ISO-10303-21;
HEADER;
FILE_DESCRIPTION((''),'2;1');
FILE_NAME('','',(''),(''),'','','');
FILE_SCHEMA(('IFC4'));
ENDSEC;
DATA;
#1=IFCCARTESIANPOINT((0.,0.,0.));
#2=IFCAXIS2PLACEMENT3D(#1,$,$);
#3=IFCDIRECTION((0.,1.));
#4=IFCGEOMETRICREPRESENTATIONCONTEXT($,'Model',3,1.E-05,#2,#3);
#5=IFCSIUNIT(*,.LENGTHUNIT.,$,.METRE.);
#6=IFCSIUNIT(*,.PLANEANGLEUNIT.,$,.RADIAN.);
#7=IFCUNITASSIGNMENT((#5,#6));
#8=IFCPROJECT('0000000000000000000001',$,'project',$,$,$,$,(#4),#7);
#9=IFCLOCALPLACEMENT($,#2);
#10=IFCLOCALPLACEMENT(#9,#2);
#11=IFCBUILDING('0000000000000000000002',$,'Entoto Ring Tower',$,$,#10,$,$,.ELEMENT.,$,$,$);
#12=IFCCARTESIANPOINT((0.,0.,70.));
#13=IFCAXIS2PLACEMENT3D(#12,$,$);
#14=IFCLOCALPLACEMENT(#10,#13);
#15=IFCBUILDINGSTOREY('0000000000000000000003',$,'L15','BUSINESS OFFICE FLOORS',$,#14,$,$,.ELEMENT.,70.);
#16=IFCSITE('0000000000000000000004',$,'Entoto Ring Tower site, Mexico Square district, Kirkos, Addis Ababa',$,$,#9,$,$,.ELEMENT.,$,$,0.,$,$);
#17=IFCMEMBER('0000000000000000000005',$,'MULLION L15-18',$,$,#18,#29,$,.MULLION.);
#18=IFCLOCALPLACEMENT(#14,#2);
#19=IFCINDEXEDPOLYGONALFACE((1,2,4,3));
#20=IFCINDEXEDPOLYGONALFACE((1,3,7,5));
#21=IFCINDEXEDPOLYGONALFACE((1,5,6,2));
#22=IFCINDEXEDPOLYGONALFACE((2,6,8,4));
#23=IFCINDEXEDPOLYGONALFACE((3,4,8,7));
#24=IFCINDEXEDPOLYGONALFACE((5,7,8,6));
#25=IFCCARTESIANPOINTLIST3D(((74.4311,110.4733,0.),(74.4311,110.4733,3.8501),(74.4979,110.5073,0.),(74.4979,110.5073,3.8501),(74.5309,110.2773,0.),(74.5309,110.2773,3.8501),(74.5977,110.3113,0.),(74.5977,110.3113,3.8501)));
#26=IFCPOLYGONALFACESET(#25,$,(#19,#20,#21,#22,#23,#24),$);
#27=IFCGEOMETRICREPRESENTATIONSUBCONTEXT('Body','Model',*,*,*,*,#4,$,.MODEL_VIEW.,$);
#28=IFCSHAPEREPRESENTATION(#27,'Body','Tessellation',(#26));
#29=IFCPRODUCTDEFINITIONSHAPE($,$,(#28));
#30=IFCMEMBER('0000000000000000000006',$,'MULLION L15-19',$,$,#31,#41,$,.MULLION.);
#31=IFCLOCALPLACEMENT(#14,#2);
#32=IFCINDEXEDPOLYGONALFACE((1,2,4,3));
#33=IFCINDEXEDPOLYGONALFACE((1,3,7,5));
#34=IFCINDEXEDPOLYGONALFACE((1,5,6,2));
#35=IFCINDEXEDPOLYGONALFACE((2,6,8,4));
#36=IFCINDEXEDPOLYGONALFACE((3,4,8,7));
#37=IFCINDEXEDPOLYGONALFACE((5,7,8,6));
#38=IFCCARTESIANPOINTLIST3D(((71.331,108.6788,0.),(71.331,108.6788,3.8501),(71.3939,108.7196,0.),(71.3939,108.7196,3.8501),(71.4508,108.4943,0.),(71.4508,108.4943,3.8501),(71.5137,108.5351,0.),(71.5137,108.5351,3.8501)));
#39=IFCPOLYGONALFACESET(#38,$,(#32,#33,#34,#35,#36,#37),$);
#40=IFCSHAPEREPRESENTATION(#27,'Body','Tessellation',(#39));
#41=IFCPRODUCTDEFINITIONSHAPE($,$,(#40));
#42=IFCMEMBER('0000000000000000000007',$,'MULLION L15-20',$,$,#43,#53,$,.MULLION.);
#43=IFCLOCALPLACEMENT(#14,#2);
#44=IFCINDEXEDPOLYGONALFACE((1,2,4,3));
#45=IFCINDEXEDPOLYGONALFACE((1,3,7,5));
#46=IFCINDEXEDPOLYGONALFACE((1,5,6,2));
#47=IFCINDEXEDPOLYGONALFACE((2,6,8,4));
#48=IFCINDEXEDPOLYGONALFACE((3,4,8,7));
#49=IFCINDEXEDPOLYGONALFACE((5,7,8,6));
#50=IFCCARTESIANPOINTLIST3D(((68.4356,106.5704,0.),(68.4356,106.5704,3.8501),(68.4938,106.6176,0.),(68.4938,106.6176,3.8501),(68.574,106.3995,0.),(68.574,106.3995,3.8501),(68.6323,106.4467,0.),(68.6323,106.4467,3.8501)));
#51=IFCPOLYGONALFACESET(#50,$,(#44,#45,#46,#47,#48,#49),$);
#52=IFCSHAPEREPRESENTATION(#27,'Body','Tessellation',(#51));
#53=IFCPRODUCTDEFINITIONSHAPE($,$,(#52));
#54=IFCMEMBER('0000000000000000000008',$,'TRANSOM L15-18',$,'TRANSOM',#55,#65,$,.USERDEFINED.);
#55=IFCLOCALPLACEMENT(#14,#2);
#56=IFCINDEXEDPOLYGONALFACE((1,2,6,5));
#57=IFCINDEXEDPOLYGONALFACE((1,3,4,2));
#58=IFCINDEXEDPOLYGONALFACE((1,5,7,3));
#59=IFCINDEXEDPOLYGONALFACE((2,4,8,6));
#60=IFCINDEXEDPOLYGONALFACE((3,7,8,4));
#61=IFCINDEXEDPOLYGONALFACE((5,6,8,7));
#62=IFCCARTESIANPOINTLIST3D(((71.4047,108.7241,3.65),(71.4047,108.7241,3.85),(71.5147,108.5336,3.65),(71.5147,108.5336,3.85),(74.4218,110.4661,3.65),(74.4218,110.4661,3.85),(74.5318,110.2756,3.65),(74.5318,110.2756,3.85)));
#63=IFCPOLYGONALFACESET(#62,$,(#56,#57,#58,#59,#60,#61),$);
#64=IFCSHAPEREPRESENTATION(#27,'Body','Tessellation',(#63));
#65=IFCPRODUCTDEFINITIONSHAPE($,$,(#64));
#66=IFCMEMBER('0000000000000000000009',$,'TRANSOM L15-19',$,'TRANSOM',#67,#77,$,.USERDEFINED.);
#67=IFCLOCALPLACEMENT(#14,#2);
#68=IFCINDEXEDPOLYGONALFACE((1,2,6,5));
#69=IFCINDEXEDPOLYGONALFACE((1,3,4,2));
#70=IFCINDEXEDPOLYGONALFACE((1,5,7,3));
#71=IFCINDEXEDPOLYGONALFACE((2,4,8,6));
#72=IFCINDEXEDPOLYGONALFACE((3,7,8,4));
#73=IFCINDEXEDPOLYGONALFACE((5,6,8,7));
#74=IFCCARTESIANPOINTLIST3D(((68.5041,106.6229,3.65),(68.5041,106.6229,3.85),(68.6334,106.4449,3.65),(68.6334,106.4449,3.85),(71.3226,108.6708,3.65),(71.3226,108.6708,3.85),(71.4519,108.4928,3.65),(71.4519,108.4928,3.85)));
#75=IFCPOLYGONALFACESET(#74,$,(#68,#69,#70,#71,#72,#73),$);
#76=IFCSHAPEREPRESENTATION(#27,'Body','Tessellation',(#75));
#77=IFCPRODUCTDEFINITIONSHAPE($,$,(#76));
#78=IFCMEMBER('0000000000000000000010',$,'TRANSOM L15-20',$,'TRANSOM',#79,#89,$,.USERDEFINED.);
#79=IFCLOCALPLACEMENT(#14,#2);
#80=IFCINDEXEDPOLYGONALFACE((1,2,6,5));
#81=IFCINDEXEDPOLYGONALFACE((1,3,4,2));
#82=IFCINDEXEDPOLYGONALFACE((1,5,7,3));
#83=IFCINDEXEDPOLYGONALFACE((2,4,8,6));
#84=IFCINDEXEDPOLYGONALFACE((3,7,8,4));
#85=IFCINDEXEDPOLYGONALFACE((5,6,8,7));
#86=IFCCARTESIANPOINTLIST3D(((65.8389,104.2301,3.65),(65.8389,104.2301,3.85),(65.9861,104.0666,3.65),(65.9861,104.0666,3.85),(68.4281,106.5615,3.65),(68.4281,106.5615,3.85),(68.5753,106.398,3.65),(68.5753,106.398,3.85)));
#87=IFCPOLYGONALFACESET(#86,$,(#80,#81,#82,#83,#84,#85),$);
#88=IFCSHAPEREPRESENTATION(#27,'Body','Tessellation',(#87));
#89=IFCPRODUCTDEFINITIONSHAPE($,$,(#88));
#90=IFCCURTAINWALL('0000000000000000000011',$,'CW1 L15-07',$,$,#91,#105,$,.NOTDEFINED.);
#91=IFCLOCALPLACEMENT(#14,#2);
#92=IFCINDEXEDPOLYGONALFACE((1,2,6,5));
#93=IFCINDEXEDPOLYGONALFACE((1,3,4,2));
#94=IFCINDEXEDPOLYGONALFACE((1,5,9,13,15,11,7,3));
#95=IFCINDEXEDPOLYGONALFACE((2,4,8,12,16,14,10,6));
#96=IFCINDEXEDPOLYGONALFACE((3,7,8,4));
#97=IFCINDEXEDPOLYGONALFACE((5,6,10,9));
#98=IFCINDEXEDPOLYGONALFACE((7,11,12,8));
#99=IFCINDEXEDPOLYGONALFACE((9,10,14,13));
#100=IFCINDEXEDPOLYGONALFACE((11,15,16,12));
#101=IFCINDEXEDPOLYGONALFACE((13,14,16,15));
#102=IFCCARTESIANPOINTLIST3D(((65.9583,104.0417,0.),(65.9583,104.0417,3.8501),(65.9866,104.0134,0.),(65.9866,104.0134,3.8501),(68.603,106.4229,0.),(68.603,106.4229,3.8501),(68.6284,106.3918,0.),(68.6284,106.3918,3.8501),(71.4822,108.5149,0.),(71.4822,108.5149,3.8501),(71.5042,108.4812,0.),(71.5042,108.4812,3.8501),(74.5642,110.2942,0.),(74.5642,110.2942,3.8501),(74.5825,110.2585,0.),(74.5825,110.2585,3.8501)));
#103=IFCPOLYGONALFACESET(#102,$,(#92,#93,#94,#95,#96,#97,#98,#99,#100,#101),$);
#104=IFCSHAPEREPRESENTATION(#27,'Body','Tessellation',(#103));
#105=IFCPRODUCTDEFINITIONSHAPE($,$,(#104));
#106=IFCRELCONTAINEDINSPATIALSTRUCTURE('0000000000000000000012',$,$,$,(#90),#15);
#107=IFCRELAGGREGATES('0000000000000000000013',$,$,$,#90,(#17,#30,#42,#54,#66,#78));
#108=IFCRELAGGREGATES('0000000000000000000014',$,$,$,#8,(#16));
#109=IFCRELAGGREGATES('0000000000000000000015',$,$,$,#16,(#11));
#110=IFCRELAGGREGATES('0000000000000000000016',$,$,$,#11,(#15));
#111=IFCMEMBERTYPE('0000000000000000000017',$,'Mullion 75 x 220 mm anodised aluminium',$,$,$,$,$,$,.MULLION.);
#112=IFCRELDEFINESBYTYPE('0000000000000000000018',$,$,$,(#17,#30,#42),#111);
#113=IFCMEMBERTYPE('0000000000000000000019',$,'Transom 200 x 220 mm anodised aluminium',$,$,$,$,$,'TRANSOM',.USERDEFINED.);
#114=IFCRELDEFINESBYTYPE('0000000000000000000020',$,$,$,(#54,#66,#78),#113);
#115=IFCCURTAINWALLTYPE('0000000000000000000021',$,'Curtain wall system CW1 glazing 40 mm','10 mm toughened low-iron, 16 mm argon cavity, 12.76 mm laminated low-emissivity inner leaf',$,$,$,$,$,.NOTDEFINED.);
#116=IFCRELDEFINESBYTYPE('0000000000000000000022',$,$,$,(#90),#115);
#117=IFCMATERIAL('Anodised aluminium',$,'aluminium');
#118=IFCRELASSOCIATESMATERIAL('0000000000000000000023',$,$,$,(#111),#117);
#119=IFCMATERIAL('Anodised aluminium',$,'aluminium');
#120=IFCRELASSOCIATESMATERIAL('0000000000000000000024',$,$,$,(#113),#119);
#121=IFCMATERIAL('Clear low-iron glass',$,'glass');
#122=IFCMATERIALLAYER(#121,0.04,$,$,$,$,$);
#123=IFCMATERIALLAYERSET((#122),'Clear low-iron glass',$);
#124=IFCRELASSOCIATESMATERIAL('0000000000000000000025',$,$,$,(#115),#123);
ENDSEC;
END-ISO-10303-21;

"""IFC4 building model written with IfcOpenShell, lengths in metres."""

from ifc_helpers import new_model, si_unit, direction, frame, origin, origin_2d, place, context, subcontext, project, spatial, polyline, rectangle, outline, extrude, material, layer, layer_set, material_profile, profile_set, type_object, element, aggregate, save


model = new_model("IFC4")

# Units and contexts
model_context = context("Model", 3, precision=1e-05, world=origin(), true_north=direction((0.0, 1.0)))
body_context = subcontext(model_context, "Body", "Model", "MODEL_VIEW")
ifc_project = project(units=[si_unit("LENGTHUNIT", "METRE"), si_unit("PLANEANGLEUNIT", "RADIAN")], contexts=[model_context])

# Members
ifc_material_1 = material(Name="Anodised aluminium", Category="aluminium")
ifc_material_profile_1 = material_profile(ifc_material_1, rectangle(XDim=0.075, YDim=0.22, at=origin_2d()), Name="Mullion 75 x 220 mm anodised aluminium")
ifc_profile_set_1 = profile_set([ifc_material_profile_1], Name="Anodised aluminium")
member_type_1 = type_object("IfcMemberType", Name="Mullion 75 x 220 mm anodised aluminium", PredefinedType="MULLION", material=ifc_profile_set_1)
site_placement = place(None, origin())
building_placement = place(site_placement, origin())
storey_placement = place(building_placement, frame((0.0, 0.0, 70.0)))
member_1_placement = place(storey_placement, frame((74.5144, 110.3923, 0.0), z_axis=(0.0, 0.0, 1.0), x_axis=(-0.891007, -0.45399, 0.0)))
member_1 = element("IfcMember", 1, at=member_1_placement, type_object=member_type_1, Name="MULLION L15-18", PredefinedType="MULLION", context=body_context, shape_type="SweptSolid", body=[
    extrude(rectangle(XDim=0.075, YDim=0.22, at=origin_2d()), origin(), (0.0, 0.0, 1.0), 3.8501),
])
member_2_placement = place(storey_placement, frame((71.4224, 108.6069, 0.0), z_axis=(0.0, 0.0, 1.0), x_axis=(-0.838671, -0.544639, 0.0)))
member_2 = element("IfcMember", 2, at=member_2_placement, type_object=member_type_1, Name="MULLION L15-19", PredefinedType="MULLION", context=body_context, shape_type="SweptSolid", body=[
    extrude(rectangle(XDim=0.075, YDim=0.22, at=origin_2d()), origin(), (0.0, 0.0, 1.0), 3.8501),
])
member_3_placement = place(storey_placement, frame((68.5339, 106.5085, 0.0), z_axis=(0.0, 0.0, 1.0), x_axis=(-0.777146, -0.62932, 0.0)))
member_3 = element("IfcMember", 3, at=member_3_placement, type_object=member_type_1, Name="MULLION L15-20", PredefinedType="MULLION", context=body_context, shape_type="SweptSolid", body=[
    extrude(rectangle(XDim=0.075, YDim=0.22, at=origin_2d()), origin(), (0.0, 0.0, 1.0), 3.8501),
])
ifc_material_2 = material(Name="Anodised aluminium", Category="aluminium")
ifc_material_profile_2 = material_profile(ifc_material_2, rectangle(XDim=0.22, YDim=0.2, at=origin_2d()), Name="Transom 200 x 220 mm anodised aluminium")
ifc_profile_set_2 = profile_set([ifc_material_profile_2], Name="Anodised aluminium")
member_type_2 = type_object("IfcMemberType", Name="Transom 200 x 220 mm anodised aluminium", ElementType="TRANSOM", PredefinedType="USERDEFINED", material=ifc_profile_set_2)
member_4_placement = place(storey_placement, frame((74.4768, 110.3708, 3.75), z_axis=(-0.866022, -0.500006, 0.0), x_axis=(0.500006, -0.866022, 0.0)))
member_4 = element("IfcMember", 4, at=member_4_placement, type_object=member_type_2, Name="TRANSOM L15-18", ObjectType="TRANSOM", PredefinedType="USERDEFINED", context=body_context, shape_type="SweptSolid", body=[
    extrude(rectangle(XDim=0.22, YDim=0.2, at=origin_2d()), origin(), (0.0, 0.0, 1.0), 3.4839),
])
member_5_placement = place(storey_placement, frame((71.3872, 108.5818, 3.75), z_axis=(-0.808991, -0.587822, 0.0), x_axis=(0.587822, -0.808991, 0.0)))
member_5 = element("IfcMember", 5, at=member_5_placement, type_object=member_type_2, Name="TRANSOM L15-19", ObjectType="TRANSOM", PredefinedType="USERDEFINED", context=body_context, shape_type="SweptSolid", body=[
    extrude(rectangle(XDim=0.22, YDim=0.2, at=origin_2d()), origin(), (0.0, 0.0, 1.0), 3.4839),
])
member_6_placement = place(storey_placement, frame((68.5017, 106.4797, 3.75), z_axis=(-0.743137, -0.669139, 0.0), x_axis=(0.669139, -0.743137, 0.0)))
member_6 = element("IfcMember", 6, at=member_6_placement, type_object=member_type_2, Name="TRANSOM L15-20", ObjectType="TRANSOM", PredefinedType="USERDEFINED", context=body_context, shape_type="SweptSolid", body=[
    extrude(rectangle(XDim=0.22, YDim=0.2, at=origin_2d()), origin(), (0.0, 0.0, 1.0), 3.4841),
])

# Site, building, storey
site = spatial("IfcSite", under=ifc_project, at=site_placement, Name="Entoto Ring Tower site, Mexico Square district, Kirkos, Addis Ababa", CompositionType="ELEMENT", RefElevation=0.0)
building = spatial("IfcBuilding", under=site, at=building_placement, Name="Entoto Ring Tower", CompositionType="ELEMENT")
storey = spatial("IfcBuildingStorey", under=building, at=storey_placement, Name="L15", Description="BUSINESS OFFICE FLOORS", CompositionType="ELEMENT", Elevation=70.0)

# Curtain wall
ifc_material_3 = material(Name="Clear low-iron glass", Category="glass")
ifc_layer = layer(ifc_material_3, 0.04)
ifc_layer_set = layer_set([ifc_layer], Name="Clear low-iron glass")
curtain_wall_type = type_object("IfcCurtainWallType", Name="Curtain wall system CW1 glazing 40 mm", Description="10 mm toughened low-iron, 16 mm argon cavity, 12.76 mm laminated low-emissivity inner leaf", PredefinedType="NOTDEFINED", material=ifc_layer_set)
curtain_wall_1_placement = place(storey_placement, origin())
curtain_wall_1 = element("IfcCurtainWall", 7, at=curtain_wall_1_placement, inside=storey, type_object=curtain_wall_type, Name="CW1 L15-07", PredefinedType="NOTDEFINED", context=body_context, shape_type="SweptSolid", body=[
    extrude(outline(polyline([(74.5642, 110.2942), (71.4822, 108.5149), (68.603, 106.4229), (65.9583, 104.0417), (65.9866, 104.0134), (68.6284, 106.3918), (71.5042, 108.4812), (74.5825, 110.2585), (74.5642, 110.2942)])), origin(), (0.0, 0.0, 1.0), 3.8501),
])
aggregate(curtain_wall_1, [member_1, member_2, member_3, member_4, member_5, member_6])

save(model, "model.ifc")
